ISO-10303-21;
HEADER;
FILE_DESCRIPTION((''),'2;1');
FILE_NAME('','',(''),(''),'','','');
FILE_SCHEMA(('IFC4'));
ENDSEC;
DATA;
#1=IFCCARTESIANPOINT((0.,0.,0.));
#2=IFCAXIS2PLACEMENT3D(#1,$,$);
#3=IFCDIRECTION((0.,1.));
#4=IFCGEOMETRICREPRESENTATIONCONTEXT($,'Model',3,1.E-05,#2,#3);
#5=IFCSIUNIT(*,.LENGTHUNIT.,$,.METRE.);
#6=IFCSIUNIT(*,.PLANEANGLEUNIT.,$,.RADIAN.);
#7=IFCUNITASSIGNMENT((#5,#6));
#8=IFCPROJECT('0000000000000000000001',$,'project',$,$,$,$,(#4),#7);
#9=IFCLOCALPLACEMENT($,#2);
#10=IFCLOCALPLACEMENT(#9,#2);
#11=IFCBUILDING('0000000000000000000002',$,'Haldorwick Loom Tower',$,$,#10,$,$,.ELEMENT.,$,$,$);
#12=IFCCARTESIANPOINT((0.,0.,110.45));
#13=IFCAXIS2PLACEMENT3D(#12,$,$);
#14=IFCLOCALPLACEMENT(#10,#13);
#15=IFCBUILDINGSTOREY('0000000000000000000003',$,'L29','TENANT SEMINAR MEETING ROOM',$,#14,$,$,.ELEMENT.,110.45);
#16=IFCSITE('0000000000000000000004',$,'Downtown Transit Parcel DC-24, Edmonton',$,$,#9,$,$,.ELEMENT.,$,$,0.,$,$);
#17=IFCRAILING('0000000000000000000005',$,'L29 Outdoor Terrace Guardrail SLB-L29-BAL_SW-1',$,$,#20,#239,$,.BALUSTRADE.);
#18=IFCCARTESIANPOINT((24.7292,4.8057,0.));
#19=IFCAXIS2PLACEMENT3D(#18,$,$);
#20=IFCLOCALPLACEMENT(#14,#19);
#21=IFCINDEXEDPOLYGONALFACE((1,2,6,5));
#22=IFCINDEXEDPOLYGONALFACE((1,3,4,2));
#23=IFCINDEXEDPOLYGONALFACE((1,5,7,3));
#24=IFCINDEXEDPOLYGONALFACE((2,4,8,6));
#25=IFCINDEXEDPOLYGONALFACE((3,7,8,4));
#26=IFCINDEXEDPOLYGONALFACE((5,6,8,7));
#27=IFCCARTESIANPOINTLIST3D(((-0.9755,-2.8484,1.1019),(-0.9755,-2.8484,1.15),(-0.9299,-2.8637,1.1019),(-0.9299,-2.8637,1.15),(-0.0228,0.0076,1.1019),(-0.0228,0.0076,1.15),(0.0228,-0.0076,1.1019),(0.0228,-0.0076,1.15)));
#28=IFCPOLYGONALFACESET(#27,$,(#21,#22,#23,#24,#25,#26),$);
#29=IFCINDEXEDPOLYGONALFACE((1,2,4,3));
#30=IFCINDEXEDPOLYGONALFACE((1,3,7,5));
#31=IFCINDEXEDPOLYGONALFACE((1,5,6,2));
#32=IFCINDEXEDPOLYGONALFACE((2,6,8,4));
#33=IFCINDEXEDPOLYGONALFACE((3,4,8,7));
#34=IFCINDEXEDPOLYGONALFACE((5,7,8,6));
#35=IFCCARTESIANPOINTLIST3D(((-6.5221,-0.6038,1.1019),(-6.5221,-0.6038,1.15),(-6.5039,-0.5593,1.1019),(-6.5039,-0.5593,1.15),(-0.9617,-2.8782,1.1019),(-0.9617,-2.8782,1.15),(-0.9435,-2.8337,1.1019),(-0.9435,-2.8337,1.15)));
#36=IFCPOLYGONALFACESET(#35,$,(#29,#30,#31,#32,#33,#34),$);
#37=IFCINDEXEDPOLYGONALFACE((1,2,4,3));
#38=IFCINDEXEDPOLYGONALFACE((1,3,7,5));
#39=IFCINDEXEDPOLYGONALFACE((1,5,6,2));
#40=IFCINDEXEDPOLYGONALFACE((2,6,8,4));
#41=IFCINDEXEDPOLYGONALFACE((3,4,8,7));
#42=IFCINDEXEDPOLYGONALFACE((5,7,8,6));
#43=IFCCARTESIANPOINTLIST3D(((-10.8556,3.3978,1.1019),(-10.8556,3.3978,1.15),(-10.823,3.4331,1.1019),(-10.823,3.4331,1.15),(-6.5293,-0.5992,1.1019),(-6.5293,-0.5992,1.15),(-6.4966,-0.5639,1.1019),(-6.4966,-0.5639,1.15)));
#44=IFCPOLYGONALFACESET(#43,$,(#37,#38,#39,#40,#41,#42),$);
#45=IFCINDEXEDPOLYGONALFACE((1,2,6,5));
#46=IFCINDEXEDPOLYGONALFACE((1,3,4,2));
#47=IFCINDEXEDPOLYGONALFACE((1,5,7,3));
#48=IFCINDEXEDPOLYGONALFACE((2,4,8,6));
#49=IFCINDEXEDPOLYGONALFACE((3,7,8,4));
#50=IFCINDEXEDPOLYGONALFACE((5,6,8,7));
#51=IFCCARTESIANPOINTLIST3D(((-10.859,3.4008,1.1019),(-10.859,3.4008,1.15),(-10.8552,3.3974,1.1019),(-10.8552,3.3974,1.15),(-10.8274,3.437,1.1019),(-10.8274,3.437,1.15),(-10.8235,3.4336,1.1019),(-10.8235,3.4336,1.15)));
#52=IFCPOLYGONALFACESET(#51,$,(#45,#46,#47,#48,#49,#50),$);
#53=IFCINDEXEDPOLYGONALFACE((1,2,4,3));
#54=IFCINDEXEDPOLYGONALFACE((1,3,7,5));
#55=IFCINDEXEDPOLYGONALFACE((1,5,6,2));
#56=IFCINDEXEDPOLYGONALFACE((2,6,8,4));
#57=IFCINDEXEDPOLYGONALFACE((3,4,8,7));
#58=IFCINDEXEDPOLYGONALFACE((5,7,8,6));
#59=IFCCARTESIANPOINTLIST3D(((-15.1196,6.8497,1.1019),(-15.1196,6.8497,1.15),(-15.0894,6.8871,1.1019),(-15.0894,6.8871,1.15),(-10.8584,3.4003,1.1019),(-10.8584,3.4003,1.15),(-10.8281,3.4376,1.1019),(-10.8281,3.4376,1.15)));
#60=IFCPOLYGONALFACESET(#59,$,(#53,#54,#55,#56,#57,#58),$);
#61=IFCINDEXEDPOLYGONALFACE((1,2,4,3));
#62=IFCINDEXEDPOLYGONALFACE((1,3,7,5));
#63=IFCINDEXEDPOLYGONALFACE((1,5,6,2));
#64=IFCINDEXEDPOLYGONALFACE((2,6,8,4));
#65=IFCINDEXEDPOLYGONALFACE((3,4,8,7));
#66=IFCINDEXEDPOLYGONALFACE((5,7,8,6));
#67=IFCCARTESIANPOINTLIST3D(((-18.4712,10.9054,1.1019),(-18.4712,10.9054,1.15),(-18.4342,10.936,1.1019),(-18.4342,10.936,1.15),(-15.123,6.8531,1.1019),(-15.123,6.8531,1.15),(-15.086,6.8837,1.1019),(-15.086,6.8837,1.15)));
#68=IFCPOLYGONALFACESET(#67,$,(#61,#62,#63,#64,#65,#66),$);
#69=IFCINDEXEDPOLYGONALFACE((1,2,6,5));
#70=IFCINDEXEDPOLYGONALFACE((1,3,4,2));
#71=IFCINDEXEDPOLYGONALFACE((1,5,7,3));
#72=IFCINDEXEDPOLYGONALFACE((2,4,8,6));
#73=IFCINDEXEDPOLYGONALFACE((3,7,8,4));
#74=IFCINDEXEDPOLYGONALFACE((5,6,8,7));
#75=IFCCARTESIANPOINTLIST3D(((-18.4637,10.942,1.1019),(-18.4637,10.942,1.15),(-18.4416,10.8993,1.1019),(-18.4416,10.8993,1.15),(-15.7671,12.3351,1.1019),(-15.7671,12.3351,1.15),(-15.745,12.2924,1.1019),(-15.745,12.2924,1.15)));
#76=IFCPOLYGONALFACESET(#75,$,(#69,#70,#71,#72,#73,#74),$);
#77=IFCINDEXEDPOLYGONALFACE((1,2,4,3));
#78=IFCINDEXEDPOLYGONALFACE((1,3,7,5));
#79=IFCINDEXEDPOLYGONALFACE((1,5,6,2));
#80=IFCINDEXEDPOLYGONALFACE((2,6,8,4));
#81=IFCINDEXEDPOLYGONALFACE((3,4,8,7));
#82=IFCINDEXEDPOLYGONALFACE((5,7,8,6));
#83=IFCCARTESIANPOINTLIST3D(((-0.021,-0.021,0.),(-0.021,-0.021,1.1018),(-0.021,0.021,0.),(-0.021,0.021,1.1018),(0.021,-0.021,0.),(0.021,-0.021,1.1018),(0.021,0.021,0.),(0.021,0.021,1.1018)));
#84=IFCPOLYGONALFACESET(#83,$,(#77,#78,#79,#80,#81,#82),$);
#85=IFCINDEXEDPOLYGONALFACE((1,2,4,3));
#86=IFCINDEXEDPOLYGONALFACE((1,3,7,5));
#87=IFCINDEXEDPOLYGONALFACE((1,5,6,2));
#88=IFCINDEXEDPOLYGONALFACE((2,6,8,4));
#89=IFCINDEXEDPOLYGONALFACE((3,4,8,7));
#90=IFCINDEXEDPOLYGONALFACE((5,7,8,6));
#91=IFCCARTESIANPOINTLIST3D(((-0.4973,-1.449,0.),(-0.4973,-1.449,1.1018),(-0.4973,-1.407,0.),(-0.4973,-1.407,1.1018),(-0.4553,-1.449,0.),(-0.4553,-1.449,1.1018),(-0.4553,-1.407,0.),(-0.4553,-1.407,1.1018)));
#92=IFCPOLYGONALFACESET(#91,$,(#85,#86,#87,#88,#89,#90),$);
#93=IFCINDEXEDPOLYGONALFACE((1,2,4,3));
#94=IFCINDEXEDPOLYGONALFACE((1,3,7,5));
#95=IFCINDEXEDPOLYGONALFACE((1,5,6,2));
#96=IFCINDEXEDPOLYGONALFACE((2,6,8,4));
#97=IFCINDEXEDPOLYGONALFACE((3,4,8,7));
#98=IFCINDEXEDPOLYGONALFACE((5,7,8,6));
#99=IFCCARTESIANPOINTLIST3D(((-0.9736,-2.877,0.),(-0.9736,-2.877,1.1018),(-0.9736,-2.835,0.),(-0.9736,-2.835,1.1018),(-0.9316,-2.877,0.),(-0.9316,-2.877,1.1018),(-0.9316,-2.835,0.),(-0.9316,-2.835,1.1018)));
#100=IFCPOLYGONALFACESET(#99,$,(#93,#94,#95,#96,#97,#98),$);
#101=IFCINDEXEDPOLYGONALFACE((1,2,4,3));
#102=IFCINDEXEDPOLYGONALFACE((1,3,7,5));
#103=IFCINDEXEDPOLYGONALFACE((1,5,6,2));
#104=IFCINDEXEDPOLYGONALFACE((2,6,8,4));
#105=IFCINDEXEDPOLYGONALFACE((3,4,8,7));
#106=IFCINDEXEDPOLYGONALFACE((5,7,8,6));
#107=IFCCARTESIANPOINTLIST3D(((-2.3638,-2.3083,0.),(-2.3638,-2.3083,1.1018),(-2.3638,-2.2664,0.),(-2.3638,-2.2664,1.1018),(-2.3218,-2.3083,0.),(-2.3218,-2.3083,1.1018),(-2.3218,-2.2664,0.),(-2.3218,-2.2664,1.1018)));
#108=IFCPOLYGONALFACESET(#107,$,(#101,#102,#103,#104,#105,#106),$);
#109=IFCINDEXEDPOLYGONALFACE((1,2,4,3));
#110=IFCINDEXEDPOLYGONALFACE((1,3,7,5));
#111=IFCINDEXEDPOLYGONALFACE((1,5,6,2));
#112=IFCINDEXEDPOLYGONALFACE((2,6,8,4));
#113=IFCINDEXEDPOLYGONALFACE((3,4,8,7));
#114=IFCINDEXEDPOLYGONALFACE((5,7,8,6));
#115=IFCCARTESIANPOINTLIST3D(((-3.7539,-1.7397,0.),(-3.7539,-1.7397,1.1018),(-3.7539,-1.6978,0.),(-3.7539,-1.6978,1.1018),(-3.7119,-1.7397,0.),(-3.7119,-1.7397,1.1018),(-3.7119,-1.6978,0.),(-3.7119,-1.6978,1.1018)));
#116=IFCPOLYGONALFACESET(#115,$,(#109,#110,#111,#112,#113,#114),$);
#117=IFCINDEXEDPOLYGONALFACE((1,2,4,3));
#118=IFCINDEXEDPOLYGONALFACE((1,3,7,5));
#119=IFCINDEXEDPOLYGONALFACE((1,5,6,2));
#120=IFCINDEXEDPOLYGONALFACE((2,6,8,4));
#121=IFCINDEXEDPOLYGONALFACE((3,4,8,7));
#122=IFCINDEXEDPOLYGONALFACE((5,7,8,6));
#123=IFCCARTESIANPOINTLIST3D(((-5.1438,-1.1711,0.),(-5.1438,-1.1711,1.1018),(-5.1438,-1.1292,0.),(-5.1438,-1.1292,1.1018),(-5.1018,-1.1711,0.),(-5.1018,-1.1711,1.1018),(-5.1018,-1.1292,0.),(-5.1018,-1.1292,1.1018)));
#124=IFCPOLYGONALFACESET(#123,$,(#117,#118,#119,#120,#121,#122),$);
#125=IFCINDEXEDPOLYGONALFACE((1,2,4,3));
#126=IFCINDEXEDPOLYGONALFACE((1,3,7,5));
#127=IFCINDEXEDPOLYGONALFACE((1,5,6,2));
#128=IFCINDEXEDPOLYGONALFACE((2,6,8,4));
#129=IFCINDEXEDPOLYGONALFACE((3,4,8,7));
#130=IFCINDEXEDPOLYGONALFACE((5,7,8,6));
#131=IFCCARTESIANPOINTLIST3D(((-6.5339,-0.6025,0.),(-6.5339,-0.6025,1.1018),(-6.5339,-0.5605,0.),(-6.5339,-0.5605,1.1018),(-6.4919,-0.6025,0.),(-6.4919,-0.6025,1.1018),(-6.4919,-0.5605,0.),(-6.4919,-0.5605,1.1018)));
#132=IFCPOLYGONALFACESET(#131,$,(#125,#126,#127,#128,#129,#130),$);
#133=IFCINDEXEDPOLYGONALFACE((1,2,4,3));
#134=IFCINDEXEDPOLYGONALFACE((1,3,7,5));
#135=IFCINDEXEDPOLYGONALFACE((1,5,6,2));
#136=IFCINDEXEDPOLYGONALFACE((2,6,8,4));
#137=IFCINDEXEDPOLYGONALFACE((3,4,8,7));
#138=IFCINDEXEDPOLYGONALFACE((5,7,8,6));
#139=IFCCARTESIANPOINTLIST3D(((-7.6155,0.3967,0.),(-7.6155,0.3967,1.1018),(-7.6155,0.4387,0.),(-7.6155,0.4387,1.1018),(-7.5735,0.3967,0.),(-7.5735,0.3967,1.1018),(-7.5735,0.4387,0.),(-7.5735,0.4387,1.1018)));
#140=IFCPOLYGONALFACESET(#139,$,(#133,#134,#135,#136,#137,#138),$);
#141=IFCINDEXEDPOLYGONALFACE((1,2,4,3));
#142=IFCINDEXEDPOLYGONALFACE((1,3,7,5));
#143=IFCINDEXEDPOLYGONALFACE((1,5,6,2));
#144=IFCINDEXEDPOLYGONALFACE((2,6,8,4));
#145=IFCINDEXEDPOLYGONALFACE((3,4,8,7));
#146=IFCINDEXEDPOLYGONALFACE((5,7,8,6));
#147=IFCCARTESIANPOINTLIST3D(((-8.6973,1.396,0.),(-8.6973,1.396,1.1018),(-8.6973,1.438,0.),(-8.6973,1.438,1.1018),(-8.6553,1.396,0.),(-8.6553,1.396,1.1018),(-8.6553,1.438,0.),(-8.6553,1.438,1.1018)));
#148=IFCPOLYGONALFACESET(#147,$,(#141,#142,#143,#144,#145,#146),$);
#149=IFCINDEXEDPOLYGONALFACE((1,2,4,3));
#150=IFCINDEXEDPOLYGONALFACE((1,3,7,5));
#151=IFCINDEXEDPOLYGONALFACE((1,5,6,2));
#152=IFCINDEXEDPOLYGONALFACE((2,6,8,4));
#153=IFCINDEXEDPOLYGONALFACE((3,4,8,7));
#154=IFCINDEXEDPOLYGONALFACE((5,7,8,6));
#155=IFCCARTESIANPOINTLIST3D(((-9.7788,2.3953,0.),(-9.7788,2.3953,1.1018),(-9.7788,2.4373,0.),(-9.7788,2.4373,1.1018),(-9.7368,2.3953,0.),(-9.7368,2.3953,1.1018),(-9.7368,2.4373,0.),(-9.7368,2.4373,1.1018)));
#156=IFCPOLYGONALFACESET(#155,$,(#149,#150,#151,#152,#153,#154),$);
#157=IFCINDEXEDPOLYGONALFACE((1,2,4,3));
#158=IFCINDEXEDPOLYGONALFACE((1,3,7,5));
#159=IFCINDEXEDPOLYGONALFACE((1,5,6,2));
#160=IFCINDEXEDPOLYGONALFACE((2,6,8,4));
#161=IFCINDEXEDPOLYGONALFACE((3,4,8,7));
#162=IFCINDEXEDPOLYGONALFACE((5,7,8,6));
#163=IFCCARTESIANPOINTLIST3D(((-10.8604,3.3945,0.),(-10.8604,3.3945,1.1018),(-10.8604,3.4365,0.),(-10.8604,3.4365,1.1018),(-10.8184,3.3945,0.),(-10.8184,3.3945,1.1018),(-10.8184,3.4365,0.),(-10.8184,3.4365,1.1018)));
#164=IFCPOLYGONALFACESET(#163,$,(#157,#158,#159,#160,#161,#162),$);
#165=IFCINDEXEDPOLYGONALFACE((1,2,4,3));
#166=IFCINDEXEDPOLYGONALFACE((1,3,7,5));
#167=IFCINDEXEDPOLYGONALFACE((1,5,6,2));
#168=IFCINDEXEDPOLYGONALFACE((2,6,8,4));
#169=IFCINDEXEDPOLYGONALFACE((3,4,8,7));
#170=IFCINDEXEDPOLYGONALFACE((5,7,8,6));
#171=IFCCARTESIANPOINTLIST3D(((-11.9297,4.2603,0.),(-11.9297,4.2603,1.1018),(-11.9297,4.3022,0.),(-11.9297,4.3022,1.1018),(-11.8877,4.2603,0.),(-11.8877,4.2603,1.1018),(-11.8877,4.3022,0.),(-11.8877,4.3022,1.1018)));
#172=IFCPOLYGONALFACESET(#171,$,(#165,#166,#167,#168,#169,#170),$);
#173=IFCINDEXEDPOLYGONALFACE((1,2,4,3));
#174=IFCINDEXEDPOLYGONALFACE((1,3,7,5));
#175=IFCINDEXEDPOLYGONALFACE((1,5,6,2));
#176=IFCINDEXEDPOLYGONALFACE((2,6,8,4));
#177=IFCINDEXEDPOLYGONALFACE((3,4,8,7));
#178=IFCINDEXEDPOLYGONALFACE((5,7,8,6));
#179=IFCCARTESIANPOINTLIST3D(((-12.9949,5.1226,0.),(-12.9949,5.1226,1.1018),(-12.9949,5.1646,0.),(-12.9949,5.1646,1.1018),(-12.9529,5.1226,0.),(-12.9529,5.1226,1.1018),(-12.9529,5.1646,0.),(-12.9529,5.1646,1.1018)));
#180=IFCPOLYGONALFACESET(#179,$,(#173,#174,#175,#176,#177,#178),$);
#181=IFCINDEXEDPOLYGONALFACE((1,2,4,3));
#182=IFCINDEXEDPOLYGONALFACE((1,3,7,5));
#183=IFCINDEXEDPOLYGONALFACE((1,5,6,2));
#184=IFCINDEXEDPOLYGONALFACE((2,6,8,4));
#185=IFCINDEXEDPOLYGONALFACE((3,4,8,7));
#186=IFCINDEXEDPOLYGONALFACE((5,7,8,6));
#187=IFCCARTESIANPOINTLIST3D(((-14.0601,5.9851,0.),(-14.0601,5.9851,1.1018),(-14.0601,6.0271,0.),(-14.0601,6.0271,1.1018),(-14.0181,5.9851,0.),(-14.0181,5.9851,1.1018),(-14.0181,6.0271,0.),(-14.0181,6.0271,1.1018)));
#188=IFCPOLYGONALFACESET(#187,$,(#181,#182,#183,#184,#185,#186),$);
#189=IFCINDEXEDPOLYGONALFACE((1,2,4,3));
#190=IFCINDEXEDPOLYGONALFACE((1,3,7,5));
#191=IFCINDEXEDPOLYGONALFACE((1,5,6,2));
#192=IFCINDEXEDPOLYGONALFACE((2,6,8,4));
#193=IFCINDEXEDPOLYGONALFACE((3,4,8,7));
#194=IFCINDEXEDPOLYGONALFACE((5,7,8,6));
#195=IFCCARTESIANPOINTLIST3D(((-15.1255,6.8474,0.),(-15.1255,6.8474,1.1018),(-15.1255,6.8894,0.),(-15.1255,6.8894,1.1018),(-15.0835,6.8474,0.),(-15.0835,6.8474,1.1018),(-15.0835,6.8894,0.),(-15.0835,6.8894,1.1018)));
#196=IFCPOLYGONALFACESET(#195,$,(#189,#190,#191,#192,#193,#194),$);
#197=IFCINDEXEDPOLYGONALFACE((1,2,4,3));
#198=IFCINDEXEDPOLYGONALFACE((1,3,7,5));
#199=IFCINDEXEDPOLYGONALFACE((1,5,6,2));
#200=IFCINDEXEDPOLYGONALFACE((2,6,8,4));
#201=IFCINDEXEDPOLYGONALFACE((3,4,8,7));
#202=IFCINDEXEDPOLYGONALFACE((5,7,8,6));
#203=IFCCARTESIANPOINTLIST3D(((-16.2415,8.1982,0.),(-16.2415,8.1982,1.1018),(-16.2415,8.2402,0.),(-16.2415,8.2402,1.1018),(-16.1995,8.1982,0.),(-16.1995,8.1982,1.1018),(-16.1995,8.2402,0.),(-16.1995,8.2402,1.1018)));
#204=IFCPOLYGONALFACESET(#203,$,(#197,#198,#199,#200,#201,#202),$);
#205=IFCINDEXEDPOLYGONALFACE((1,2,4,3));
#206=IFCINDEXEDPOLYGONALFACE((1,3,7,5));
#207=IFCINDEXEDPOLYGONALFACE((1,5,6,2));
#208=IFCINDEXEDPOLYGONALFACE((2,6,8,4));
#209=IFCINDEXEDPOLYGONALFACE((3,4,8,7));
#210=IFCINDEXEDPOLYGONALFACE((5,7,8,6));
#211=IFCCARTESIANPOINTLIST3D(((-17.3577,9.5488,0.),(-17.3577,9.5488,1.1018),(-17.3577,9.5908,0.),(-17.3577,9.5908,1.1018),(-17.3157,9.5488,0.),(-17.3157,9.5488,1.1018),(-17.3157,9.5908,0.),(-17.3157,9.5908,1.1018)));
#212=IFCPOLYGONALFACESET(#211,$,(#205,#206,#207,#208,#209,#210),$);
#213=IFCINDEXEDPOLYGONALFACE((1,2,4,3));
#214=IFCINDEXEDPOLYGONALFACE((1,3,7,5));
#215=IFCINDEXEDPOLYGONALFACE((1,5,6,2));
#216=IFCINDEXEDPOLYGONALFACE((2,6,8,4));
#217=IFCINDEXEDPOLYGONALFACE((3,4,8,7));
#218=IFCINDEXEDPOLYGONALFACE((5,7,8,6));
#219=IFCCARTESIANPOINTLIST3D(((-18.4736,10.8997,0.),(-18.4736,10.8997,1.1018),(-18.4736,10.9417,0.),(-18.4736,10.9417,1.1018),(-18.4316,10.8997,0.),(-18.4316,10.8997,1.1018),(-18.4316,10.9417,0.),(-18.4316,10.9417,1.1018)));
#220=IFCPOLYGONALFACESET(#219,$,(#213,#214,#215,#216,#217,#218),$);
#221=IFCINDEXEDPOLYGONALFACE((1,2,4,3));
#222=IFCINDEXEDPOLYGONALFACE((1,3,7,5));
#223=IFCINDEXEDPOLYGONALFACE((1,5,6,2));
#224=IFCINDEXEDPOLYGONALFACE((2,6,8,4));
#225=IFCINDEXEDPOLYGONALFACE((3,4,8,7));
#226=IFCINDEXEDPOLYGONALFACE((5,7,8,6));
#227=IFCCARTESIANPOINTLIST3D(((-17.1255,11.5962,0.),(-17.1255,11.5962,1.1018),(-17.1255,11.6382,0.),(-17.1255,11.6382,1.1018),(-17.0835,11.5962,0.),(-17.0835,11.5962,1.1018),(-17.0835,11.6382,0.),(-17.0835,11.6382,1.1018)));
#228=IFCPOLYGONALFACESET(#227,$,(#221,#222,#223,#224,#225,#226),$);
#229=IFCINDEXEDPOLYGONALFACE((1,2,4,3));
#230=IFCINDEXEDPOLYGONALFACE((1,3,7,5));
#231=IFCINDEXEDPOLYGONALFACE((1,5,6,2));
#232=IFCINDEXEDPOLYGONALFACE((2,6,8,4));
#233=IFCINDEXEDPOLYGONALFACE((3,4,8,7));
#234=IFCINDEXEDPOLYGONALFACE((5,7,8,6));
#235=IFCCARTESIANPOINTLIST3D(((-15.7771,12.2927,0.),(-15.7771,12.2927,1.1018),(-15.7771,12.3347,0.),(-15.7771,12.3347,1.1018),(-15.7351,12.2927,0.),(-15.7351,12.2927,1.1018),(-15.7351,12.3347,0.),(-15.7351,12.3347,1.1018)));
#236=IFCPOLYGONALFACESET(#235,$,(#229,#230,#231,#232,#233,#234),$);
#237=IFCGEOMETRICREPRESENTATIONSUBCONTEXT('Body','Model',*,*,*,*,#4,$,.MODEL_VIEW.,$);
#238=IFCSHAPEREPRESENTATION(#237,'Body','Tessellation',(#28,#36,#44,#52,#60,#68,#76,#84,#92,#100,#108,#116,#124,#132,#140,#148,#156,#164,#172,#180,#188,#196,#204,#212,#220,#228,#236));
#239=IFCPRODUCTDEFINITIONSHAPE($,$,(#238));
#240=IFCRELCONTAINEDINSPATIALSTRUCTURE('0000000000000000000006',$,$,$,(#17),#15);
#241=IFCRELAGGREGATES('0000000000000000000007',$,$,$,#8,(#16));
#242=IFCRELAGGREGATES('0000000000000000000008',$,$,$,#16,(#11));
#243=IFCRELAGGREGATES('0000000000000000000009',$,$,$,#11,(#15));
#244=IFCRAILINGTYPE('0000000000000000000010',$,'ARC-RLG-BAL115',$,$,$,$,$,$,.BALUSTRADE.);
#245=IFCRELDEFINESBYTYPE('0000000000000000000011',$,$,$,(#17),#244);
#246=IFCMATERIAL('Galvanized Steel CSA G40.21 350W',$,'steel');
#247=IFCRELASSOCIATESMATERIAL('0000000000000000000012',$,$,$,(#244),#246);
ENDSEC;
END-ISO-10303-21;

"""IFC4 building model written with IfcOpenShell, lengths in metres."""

from ifc_helpers import new_model, si_unit, direction, frame, origin, origin_2d, place, context, subcontext, project, spatial, rectangle, extrude, material, type_object, element, save


model = new_model("IFC4")

# Units and contexts
model_context = context("Model", 3, precision=1e-05, world=origin(), true_north=direction((0.0, 1.0)))
body_context = subcontext(model_context, "Body", "Model", "MODEL_VIEW")
ifc_project = project(units=[si_unit("LENGTHUNIT", "METRE"), si_unit("PLANEANGLEUNIT", "RADIAN")], contexts=[model_context])

# Site, building, storey
site_placement = place(None, origin())
site = spatial("IfcSite", under=ifc_project, at=site_placement, Name="Downtown Transit Parcel DC-24, Edmonton", CompositionType="ELEMENT", RefElevation=0.0)
building_placement = place(site_placement, origin())
building = spatial("IfcBuilding", under=site, at=building_placement, Name="Haldorwick Loom Tower", CompositionType="ELEMENT")
storey_placement = place(building_placement, frame((0.0, 0.0, 110.45)))
storey = spatial("IfcBuildingStorey", under=building, at=storey_placement, Name="L29", Description="TENANT SEMINAR MEETING ROOM", CompositionType="ELEMENT", Elevation=110.45)

# Railing
ifc_material_1 = material(Name="Galvanized Steel CSA G40.21 350W", Category="steel")
railing_type = type_object("IfcRailingType", Name="ARC-RLG-BAL115", PredefinedType="BALUSTRADE", material=ifc_material_1)
railing_placement = place(storey_placement, frame((24.7292, 4.8057, 0.0)))
element("IfcRailing", 1, at=railing_placement, inside=storey, type_object=railing_type, Name="L29 Outdoor Terrace Guardrail SLB-L29-BAL_SW-1", PredefinedType="BALUSTRADE", context=body_context, shape_type="SweptSolid", body=[
    extrude(rectangle(XDim=0.0481, YDim=0.0481, at=origin_2d()), frame((0.0, 0.0, 1.126), z_axis=(-0.316422, -0.948618, 0.0), x_axis=(0.948618, -0.316422, 0.0)), (0.0, 0.0, 1.0), 3.0107),
    extrude(rectangle(XDim=0.0481, YDim=0.0481, at=origin_2d()), frame((-0.9526, -2.856, 1.126), z_axis=(-0.925562, 0.378596, 0.0), x_axis=(-0.378596, -0.925562, 0.0)), (0.0, 0.0, 1.0), 6.0076),
    extrude(rectangle(XDim=0.0481, YDim=0.0481, at=origin_2d()), frame((-6.5129, -0.5815, 1.126), z_axis=(-0.734511, 0.678597, 0.0), x_axis=(-0.678597, -0.734511, 0.0)), (0.0, 0.0, 1.0), 5.8901),
    extrude(rectangle(XDim=0.0481, YDim=0.0481, at=origin_2d()), frame((-10.8394, 3.4155, 1.126), z_axis=(-0.752577, 0.658505, 0.0), x_axis=(-0.658505, -0.752577, 0.0)), (0.0, 0.0, 1.0), 0.0051),
    extrude(rectangle(XDim=0.0481, YDim=0.0481, at=origin_2d()), frame((-10.8433, 3.4189, 1.126), z_axis=(-0.777254, 0.629187, 0.0), x_axis=(-0.629187, -0.777254, 0.0)), (0.0, 0.0, 1.0), 5.4824),
    extrude(rectangle(XDim=0.0481, YDim=0.0481, at=origin_2d()), frame((-15.1045, 6.8684, 1.126), z_axis=(-0.636953, 0.770902, 0.0), x_axis=(-0.770902, -0.636953, 0.0)), (0.0, 0.0, 1.0), 5.2566),
    extrude(rectangle(XDim=0.0481, YDim=0.0481, at=origin_2d()), frame((-18.4526, 10.9207, 1.126), z_axis=(0.888445, 0.458983, 0.0), x_axis=(-0.458983, 0.888445, 0.0)), (0.0, 0.0, 1.0), 3.0352),
    extrude(rectangle(XDim=0.042, YDim=0.042, at=origin_2d()), origin(), (0.0, 0.0, 1.0), 1.1018),
    extrude(rectangle(XDim=0.042, YDim=0.042, at=origin_2d()), frame((-0.4763, -1.428, 0.0)), (0.0, 0.0, 1.0), 1.1018),
    extrude(rectangle(XDim=0.042, YDim=0.042, at=origin_2d()), frame((-0.9526, -2.856, 0.0)), (0.0, 0.0, 1.0), 1.1018),
    extrude(rectangle(XDim=0.042, YDim=0.042, at=origin_2d()), frame((-2.3428, -2.2874, 0.0)), (0.0, 0.0, 1.0), 1.1018),
    extrude(rectangle(XDim=0.042, YDim=0.042, at=origin_2d()), frame((-3.7329, -1.7188, 0.0)), (0.0, 0.0, 1.0), 1.1018),
    extrude(rectangle(XDim=0.042, YDim=0.042, at=origin_2d()), frame((-5.1228, -1.1501, 0.0)), (0.0, 0.0, 1.0), 1.1018),
    extrude(rectangle(XDim=0.042, YDim=0.042, at=origin_2d()), frame((-6.5129, -0.5815, 0.0)), (0.0, 0.0, 1.0), 1.1018),
    extrude(rectangle(XDim=0.042, YDim=0.042, at=origin_2d()), frame((-7.5945, 0.4177, 0.0)), (0.0, 0.0, 1.0), 1.1018),
    extrude(rectangle(XDim=0.042, YDim=0.042, at=origin_2d()), frame((-8.6763, 1.417, 0.0)), (0.0, 0.0, 1.0), 1.1018),
    extrude(rectangle(XDim=0.042, YDim=0.042, at=origin_2d()), frame((-9.7578, 2.4163, 0.0)), (0.0, 0.0, 1.0), 1.1018),
    extrude(rectangle(XDim=0.042, YDim=0.042, at=origin_2d()), frame((-10.8394, 3.4155, 0.0)), (0.0, 0.0, 1.0), 1.1018),
    extrude(rectangle(XDim=0.042, YDim=0.042, at=origin_2d()), frame((-11.9087, 4.2812, 0.0)), (0.0, 0.0, 1.0), 1.1018),
    extrude(rectangle(XDim=0.042, YDim=0.042, at=origin_2d()), frame((-12.9739, 5.1436, 0.0)), (0.0, 0.0, 1.0), 1.1018),
    extrude(rectangle(XDim=0.042, YDim=0.042, at=origin_2d()), frame((-14.0391, 6.0061, 0.0)), (0.0, 0.0, 1.0), 1.1018),
    extrude(rectangle(XDim=0.042, YDim=0.042, at=origin_2d()), frame((-15.1045, 6.8684, 0.0)), (0.0, 0.0, 1.0), 1.1018),
    extrude(rectangle(XDim=0.042, YDim=0.042, at=origin_2d()), frame((-16.2205, 8.2192, 0.0)), (0.0, 0.0, 1.0), 1.1018),
    extrude(rectangle(XDim=0.042, YDim=0.042, at=origin_2d()), frame((-17.3367, 9.5698, 0.0)), (0.0, 0.0, 1.0), 1.1018),
    extrude(rectangle(XDim=0.042, YDim=0.042, at=origin_2d()), frame((-18.4526, 10.9207, 0.0)), (0.0, 0.0, 1.0), 1.1018),
    extrude(rectangle(XDim=0.042, YDim=0.042, at=origin_2d()), frame((-17.1045, 11.6172, 0.0)), (0.0, 0.0, 1.0), 1.1018),
    extrude(rectangle(XDim=0.042, YDim=0.042, at=origin_2d()), frame((-15.7561, 12.3137, 0.0)), (0.0, 0.0, 1.0), 1.1018),
])

save(model, "model.ifc")
